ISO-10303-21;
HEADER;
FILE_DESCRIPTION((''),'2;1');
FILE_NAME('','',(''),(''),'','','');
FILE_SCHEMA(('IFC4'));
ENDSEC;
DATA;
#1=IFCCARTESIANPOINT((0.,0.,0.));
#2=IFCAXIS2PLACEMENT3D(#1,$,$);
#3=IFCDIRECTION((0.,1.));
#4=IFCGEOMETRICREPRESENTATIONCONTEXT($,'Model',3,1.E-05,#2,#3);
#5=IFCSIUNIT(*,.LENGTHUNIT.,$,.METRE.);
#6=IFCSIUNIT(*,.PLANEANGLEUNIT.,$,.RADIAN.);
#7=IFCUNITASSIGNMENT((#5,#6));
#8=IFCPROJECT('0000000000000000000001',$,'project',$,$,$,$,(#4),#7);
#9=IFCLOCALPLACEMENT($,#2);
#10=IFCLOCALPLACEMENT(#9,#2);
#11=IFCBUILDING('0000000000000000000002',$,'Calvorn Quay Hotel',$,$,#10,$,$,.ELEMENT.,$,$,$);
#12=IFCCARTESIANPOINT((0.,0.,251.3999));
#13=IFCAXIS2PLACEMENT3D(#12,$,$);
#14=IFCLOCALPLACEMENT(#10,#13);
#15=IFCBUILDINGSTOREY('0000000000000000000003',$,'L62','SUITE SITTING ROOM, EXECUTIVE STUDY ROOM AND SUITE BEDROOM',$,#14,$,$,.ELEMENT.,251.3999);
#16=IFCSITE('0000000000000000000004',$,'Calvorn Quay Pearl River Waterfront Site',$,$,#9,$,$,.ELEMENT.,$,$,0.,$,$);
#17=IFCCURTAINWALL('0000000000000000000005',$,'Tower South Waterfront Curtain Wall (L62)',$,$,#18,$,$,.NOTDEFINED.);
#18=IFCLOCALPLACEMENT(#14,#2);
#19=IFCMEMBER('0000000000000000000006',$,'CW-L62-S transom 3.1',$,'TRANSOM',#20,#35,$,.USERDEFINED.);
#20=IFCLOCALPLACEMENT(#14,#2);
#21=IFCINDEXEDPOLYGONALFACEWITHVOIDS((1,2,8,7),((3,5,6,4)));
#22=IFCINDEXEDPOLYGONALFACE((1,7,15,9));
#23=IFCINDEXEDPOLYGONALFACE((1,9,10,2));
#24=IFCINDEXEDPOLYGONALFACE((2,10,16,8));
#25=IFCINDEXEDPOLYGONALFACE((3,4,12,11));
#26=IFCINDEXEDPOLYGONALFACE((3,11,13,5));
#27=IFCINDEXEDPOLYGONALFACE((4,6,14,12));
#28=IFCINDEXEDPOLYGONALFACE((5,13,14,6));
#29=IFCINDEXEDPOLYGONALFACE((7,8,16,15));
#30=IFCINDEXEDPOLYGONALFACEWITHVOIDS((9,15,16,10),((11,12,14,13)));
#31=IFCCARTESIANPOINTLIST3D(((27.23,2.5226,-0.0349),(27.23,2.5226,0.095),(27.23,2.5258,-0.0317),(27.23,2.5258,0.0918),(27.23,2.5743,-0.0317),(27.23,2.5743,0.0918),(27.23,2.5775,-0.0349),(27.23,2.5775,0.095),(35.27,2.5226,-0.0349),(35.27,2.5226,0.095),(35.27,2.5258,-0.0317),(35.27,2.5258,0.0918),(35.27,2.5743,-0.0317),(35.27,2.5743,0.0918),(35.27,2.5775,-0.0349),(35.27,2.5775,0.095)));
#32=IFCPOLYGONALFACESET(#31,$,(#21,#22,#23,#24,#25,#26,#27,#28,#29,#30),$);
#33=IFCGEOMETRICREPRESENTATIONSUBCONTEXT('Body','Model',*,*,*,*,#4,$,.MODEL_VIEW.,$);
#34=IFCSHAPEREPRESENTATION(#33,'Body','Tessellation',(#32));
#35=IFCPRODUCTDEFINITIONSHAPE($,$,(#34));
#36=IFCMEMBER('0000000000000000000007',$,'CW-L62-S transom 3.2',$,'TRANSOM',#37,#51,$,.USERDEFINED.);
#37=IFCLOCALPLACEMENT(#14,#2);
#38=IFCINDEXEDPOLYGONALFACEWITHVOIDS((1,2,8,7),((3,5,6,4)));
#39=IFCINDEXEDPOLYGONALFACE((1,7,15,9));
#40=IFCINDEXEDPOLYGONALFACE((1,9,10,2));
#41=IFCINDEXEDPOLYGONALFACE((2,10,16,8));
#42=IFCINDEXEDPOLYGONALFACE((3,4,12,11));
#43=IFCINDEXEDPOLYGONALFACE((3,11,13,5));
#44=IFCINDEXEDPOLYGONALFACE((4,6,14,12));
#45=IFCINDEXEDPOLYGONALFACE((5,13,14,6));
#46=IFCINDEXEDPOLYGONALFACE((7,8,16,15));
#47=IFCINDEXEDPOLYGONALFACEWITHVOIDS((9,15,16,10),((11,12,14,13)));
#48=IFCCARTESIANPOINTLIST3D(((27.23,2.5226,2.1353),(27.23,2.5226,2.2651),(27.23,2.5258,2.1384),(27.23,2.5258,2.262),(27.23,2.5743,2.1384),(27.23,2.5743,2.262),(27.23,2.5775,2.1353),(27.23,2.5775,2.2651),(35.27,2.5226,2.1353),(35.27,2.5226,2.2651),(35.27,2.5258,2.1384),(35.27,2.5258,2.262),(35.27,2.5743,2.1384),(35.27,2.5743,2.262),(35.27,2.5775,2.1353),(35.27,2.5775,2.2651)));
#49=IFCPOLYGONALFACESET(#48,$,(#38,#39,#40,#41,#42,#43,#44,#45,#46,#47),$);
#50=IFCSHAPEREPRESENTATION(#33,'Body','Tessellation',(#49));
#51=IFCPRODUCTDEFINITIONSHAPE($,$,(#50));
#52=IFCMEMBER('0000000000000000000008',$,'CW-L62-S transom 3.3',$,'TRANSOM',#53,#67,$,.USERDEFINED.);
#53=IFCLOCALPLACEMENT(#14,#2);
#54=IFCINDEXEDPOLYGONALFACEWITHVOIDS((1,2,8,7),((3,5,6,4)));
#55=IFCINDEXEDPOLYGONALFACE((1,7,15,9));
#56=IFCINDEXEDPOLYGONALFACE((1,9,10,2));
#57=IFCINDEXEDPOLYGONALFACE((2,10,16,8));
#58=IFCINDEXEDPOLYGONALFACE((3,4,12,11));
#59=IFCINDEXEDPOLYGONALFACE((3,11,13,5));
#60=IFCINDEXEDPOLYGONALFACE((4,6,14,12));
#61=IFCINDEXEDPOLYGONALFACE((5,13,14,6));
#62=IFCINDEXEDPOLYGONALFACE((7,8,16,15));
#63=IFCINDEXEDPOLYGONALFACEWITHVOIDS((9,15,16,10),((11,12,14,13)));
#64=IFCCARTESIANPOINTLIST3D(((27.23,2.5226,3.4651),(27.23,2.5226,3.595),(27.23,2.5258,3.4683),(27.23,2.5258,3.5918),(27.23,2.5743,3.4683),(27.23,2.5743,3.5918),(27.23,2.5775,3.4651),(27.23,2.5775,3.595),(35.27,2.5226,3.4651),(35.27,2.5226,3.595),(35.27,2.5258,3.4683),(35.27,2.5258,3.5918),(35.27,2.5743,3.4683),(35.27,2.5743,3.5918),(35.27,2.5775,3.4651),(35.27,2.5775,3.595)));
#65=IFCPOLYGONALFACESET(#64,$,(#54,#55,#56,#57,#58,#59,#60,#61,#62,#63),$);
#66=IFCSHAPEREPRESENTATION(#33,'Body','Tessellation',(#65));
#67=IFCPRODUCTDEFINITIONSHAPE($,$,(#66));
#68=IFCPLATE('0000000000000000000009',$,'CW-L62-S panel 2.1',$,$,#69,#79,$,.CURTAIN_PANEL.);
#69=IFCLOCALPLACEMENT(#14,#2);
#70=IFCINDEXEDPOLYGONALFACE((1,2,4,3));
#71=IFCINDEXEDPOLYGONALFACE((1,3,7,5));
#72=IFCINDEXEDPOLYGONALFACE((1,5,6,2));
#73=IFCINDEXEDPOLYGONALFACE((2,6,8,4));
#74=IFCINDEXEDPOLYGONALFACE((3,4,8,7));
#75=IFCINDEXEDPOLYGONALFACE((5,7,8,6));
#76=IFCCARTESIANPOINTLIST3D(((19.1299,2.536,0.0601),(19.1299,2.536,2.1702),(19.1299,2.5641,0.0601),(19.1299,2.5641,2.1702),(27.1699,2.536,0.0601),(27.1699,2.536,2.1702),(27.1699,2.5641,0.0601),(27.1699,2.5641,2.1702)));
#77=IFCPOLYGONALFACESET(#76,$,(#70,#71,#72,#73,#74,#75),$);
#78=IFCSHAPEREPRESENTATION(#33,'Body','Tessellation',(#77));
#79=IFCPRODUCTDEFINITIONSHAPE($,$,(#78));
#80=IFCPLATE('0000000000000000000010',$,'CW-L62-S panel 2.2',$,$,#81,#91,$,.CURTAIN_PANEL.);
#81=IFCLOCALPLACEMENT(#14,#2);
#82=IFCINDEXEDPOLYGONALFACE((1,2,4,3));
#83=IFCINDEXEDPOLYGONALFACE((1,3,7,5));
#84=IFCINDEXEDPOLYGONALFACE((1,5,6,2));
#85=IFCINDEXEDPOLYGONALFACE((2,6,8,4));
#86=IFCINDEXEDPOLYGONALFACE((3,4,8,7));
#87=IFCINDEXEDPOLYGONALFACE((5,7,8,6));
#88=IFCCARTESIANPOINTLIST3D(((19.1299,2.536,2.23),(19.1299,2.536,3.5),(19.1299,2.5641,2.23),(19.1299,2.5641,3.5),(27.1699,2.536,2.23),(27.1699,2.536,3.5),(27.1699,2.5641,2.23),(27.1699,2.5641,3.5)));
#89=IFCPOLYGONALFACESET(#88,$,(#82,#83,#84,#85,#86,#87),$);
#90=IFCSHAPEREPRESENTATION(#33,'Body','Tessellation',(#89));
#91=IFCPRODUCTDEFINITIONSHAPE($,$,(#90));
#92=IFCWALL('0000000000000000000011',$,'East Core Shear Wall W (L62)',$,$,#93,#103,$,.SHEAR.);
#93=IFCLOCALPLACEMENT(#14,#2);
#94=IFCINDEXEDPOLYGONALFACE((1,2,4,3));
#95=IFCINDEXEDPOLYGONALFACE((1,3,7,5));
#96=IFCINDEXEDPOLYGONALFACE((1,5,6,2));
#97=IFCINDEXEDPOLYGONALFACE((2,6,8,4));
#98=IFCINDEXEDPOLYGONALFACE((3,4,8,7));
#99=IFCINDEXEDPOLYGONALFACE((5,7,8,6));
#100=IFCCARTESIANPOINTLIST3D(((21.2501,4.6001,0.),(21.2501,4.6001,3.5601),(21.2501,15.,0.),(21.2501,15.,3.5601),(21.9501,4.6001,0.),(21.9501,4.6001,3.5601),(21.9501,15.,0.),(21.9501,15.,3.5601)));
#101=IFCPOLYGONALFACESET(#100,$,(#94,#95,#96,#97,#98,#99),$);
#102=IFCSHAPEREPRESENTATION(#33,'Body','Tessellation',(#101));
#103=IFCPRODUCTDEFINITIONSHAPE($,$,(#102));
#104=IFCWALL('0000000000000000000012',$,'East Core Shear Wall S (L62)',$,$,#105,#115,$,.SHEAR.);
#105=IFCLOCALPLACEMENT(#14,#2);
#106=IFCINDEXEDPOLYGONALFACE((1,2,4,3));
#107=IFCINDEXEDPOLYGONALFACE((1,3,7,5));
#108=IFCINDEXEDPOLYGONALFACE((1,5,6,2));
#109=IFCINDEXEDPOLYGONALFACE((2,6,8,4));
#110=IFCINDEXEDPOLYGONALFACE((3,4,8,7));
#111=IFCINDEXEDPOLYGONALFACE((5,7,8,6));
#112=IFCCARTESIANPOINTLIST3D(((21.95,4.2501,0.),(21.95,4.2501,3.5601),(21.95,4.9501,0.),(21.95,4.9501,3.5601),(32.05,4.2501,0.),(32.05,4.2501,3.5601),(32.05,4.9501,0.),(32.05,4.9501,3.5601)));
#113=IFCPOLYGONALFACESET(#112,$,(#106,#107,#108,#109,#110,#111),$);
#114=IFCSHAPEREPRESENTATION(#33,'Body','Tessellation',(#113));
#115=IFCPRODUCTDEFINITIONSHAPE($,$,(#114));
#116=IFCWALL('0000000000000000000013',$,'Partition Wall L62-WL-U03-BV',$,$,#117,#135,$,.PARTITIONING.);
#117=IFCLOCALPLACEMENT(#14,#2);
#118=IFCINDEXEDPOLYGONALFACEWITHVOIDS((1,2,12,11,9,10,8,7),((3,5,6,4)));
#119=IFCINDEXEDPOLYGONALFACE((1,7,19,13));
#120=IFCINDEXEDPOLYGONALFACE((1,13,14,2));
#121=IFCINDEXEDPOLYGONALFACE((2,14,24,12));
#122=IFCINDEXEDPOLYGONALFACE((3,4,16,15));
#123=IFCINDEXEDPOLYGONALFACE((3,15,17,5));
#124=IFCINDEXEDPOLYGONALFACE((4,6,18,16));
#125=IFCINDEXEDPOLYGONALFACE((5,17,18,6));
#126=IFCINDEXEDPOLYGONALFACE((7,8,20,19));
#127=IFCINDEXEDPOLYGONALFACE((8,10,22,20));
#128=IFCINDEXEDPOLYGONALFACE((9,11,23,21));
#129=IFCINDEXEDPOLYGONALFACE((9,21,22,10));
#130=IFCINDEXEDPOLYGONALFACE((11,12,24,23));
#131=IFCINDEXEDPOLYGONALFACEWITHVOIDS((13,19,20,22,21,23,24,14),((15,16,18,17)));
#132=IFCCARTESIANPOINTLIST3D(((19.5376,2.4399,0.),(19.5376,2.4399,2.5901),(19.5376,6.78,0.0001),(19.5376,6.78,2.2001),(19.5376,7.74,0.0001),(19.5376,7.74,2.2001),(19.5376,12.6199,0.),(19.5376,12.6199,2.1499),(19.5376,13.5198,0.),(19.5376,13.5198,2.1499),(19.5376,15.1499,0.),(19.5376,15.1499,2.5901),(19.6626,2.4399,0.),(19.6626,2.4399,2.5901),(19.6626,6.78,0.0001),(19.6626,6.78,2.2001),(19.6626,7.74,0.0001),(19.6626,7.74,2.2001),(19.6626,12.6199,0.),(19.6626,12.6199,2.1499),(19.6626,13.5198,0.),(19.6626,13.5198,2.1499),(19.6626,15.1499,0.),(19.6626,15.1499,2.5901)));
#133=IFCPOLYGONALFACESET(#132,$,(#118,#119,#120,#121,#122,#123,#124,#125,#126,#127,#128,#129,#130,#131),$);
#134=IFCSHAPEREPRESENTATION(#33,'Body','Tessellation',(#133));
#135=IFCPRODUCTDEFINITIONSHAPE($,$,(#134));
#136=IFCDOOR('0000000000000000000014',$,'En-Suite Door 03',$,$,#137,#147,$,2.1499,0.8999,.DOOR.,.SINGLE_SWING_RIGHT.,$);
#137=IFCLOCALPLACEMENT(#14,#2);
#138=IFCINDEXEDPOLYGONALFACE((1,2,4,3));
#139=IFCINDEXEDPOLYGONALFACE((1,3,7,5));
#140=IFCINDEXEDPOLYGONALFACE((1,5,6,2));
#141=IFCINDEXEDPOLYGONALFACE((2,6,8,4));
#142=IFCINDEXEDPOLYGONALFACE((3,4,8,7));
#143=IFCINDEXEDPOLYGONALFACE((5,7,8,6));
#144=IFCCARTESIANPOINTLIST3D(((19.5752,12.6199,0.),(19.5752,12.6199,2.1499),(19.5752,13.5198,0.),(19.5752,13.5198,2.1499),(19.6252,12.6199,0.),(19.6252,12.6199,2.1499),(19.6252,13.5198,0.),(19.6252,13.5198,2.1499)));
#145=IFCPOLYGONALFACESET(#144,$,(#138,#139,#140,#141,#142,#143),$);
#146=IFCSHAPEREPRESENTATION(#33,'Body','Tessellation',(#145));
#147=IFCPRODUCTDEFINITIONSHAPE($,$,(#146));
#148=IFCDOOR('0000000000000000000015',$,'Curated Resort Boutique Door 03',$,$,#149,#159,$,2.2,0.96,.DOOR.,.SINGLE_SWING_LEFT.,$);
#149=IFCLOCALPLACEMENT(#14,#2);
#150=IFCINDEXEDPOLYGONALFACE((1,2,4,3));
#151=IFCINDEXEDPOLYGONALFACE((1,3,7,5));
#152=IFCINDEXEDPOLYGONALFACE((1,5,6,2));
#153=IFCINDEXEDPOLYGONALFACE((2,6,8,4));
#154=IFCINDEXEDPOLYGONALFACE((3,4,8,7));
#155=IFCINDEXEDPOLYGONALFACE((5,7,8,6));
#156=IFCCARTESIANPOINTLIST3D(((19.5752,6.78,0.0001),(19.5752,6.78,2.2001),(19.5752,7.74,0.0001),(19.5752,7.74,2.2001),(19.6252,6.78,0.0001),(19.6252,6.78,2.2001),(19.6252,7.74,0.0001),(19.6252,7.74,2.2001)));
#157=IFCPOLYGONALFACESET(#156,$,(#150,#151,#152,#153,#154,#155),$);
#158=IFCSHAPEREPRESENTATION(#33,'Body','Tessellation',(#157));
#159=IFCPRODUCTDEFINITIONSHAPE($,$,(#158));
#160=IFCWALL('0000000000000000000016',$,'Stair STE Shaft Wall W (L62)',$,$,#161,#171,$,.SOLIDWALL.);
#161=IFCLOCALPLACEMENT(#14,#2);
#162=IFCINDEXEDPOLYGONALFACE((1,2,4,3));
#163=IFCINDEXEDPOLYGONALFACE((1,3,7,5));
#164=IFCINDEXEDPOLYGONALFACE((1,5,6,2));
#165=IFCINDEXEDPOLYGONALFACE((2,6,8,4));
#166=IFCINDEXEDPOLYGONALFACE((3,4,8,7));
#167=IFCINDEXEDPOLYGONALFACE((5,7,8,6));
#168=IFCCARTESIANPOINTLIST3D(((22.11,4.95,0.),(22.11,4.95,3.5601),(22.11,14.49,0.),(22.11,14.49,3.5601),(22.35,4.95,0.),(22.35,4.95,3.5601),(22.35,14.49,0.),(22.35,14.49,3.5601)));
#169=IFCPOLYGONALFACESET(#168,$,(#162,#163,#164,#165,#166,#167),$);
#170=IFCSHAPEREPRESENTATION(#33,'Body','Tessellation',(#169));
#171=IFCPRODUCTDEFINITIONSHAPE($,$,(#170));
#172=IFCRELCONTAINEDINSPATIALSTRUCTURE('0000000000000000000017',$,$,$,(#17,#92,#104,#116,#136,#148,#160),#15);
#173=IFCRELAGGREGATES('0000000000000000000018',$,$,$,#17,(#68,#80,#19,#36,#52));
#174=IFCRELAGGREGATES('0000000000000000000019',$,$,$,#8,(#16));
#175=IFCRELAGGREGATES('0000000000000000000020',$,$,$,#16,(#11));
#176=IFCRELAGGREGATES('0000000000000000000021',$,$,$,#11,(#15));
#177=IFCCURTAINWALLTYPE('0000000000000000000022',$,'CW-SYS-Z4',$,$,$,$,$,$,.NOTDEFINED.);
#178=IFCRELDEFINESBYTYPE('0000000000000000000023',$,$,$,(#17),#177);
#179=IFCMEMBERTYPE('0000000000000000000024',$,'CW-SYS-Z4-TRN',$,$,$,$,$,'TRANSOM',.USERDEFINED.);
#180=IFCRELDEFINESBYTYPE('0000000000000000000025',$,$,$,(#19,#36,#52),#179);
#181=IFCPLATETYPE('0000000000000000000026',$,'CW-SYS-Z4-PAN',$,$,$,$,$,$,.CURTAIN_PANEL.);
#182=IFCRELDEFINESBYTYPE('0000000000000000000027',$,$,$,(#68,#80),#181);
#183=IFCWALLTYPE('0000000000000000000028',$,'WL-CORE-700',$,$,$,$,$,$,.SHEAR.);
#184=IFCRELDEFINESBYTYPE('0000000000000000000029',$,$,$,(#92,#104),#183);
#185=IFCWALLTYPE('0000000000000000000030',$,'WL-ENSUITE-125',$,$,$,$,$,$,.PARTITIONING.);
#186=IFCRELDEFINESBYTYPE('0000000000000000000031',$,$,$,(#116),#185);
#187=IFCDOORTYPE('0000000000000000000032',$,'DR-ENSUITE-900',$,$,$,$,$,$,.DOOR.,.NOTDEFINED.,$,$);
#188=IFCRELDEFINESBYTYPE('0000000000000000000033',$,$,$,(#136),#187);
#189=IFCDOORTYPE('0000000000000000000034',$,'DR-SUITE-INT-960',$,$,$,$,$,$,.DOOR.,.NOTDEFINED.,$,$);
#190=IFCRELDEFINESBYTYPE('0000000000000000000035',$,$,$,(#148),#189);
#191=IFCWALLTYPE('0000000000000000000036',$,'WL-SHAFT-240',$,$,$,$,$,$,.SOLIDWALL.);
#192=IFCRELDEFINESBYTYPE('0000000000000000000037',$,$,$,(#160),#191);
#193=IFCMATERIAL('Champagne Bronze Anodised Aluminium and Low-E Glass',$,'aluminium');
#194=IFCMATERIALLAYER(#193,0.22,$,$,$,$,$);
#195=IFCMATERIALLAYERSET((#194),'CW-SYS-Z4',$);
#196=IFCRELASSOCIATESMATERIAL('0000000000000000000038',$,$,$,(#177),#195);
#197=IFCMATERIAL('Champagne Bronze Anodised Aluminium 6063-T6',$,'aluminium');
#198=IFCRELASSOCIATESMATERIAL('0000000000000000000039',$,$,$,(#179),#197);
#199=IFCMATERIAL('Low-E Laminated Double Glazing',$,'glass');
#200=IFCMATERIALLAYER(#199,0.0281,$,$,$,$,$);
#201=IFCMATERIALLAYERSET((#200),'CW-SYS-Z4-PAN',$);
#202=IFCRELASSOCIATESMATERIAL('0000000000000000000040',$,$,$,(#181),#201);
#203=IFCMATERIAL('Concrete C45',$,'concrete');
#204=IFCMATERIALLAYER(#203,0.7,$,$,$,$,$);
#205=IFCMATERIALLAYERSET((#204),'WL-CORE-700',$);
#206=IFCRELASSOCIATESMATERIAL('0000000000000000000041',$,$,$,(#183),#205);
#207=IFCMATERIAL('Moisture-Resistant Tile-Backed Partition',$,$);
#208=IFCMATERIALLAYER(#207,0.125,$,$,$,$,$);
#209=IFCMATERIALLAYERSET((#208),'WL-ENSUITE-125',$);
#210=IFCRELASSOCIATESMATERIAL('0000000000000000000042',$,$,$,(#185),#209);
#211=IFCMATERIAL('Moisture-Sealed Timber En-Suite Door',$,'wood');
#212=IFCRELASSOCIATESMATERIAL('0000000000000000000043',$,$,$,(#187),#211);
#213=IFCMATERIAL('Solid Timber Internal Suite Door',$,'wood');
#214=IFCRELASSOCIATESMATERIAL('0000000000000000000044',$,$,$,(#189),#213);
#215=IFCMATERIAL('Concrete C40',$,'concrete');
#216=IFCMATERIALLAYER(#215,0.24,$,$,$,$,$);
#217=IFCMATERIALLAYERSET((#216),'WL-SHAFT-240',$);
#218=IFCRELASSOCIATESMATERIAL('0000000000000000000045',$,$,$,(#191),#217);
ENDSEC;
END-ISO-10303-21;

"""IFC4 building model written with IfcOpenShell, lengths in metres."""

from ifc_helpers import new_model, si_unit, direction, frame, frame_2d, origin, origin_2d, place, context, subcontext, project, spatial, rectangle, hollow_rectangle, extrude, material, layer, layer_set, material_profile, profile_set, type_object, element, fill, aggregate, save


model = new_model("IFC4")

# Units and contexts
model_context = context("Model", 3, precision=1e-05, world=origin(), true_north=direction((0.0, 1.0)))
body_context = subcontext(model_context, "Body", "Model", "MODEL_VIEW")
ifc_project = project(units=[si_unit("LENGTHUNIT", "METRE"), si_unit("PLANEANGLEUNIT", "RADIAN")], contexts=[model_context])

# Site, building, storey
site_placement = place(None, origin())
site = spatial("IfcSite", under=ifc_project, at=site_placement, Name="Calvorn Quay Pearl River Waterfront Site", CompositionType="ELEMENT", RefElevation=0.0)
building_placement = place(site_placement, origin())
building = spatial("IfcBuilding", under=site, at=building_placement, Name="Calvorn Quay Hotel", CompositionType="ELEMENT")
storey_placement = place(building_placement, frame((0.0, 0.0, 251.3999)))
storey = spatial("IfcBuildingStorey", under=building, at=storey_placement, Name="L62", Description="SUITE SITTING ROOM, EXECUTIVE STUDY ROOM AND SUITE BEDROOM", CompositionType="ELEMENT", Elevation=251.3999)

# Curtain wall, members, plates
ifc_material_1 = material(Name="Champagne Bronze Anodised Aluminium and Low-E Glass", Category="aluminium")
ifc_layer_1 = layer(ifc_material_1, 0.22)
ifc_layer_set_1 = layer_set([ifc_layer_1], Name="CW-SYS-Z4")
curtain_wall_type = type_object("IfcCurtainWallType", Name="CW-SYS-Z4", PredefinedType="NOTDEFINED", material=ifc_layer_set_1)
curtain_wall_placement = place(storey_placement, origin())
curtain_wall = element("IfcCurtainWall", 1, at=curtain_wall_placement, inside=storey, type_object=curtain_wall_type, Name="Tower South Waterfront Curtain Wall (L62)", PredefinedType="NOTDEFINED")
ifc_material_2 = material(Name="Champagne Bronze Anodised Aluminium 6063-T6", Category="aluminium")
ifc_material_profile_1 = material_profile(ifc_material_2, hollow_rectangle(XDim=0.0549, YDim=0.1299, WallThickness=0.0032, at=origin_2d()), Name="ALU-T130x55x3.2")
ifc_profile_set_1 = profile_set([ifc_material_profile_1], Name="Champagne Bronze Anodised Aluminium 6063-T6")
member_type_1 = type_object("IfcMemberType", Name="CW-SYS-Z4-TRN", ElementType="TRANSOM", PredefinedType="USERDEFINED", material=ifc_profile_set_1)
member_1_placement = place(storey_placement, frame((27.23, 2.55, 0.03), z_axis=(1.0, 0.0, 0.0), x_axis=(0.0, 1.0, 0.0)))
member_1 = element("IfcMember", 2, at=member_1_placement, type_object=member_type_1, Name="CW-L62-S transom 3.1", ObjectType="TRANSOM", PredefinedType="USERDEFINED", context=body_context, shape_type="SweptSolid", body=[
    extrude(hollow_rectangle(XDim=0.0549, YDim=0.1299, WallThickness=0.0032, at=origin_2d()), origin(), (0.0, 0.0, 1.0), 8.04),
])
member_2_placement = place(storey_placement, frame((27.23, 2.55, 2.2002), z_axis=(1.0, 0.0, 0.0), x_axis=(0.0, 1.0, 0.0)))
member_2 = element("IfcMember", 3, at=member_2_placement, type_object=member_type_1, Name="CW-L62-S transom 3.2", ObjectType="TRANSOM", PredefinedType="USERDEFINED", context=body_context, shape_type="SweptSolid", body=[
    extrude(hollow_rectangle(XDim=0.0549, YDim=0.1299, WallThickness=0.0032, at=origin_2d()), origin(), (0.0, 0.0, 1.0), 8.04),
])
member_3_placement = place(storey_placement, frame((27.23, 2.55, 3.53), z_axis=(1.0, 0.0, 0.0), x_axis=(0.0, 1.0, 0.0)))
member_3 = element("IfcMember", 4, at=member_3_placement, type_object=member_type_1, Name="CW-L62-S transom 3.3", ObjectType="TRANSOM", PredefinedType="USERDEFINED", context=body_context, shape_type="SweptSolid", body=[
    extrude(hollow_rectangle(XDim=0.0549, YDim=0.1299, WallThickness=0.0032, at=origin_2d()), origin(), (0.0, 0.0, 1.0), 8.04),
])
ifc_material_3 = material(Name="Low-E Laminated Double Glazing", Category="glass")
ifc_layer_2 = layer(ifc_material_3, 0.0281)
ifc_layer_set_2 = layer_set([ifc_layer_2], Name="CW-SYS-Z4-PAN")
plate_type = type_object("IfcPlateType", Name="CW-SYS-Z4-PAN", PredefinedType="CURTAIN_PANEL", material=ifc_layer_set_2)
plate_1_placement = place(storey_placement, frame((23.1499, 2.55, 0.0601), z_axis=(0.0, 0.0, 1.0), x_axis=(1.0, 0.0, 0.0)))
plate_1 = element("IfcPlate", 5, at=plate_1_placement, type_object=plate_type, Name="CW-L62-S panel 2.1", PredefinedType="CURTAIN_PANEL", context=body_context, shape_type="SweptSolid", body=[
    extrude(rectangle(XDim=8.04, YDim=0.0281, at=origin_2d()), origin(), (0.0, 0.0, 1.0), 2.1101),
])
plate_2_placement = place(storey_placement, frame((23.1499, 2.55, 2.23), z_axis=(0.0, 0.0, 1.0), x_axis=(1.0, 0.0, 0.0)))
plate_2 = element("IfcPlate", 6, at=plate_2_placement, type_object=plate_type, Name="CW-L62-S panel 2.2", PredefinedType="CURTAIN_PANEL", context=body_context, shape_type="SweptSolid", body=[
    extrude(rectangle(XDim=8.04, YDim=0.0281, at=origin_2d()), origin(), (0.0, 0.0, 1.0), 1.27),
])
aggregate(curtain_wall, [plate_1, plate_2, member_1, member_2, member_3])

# Walls
ifc_material_4 = material(Name="Concrete C45", Category="concrete")
ifc_layer_3 = layer(ifc_material_4, 0.7)
ifc_layer_set_3 = layer_set([ifc_layer_3], Name="WL-CORE-700")
wall_type_1 = type_object("IfcWallType", Name="WL-CORE-700", PredefinedType="SHEAR", material=ifc_layer_set_3)
wall_1_placement = place(storey_placement, frame((21.6001, 4.6001, 0.0), z_axis=(0.0, 0.0, 1.0), x_axis=(0.0, 1.0, 0.0)))
element("IfcWall", 7, at=wall_1_placement, inside=storey, type_object=wall_type_1, Name="East Core Shear Wall W (L62)", PredefinedType="SHEAR", context=body_context, shape_type="SweptSolid", body=[
    extrude(rectangle(XDim=10.3999, YDim=0.7, at=frame_2d((5.2, 0.0))), origin(), (0.0, 0.0, 1.0), 3.5601),
])
wall_2_placement = place(storey_placement, frame((21.95, 4.6001, 0.0), z_axis=(0.0, 0.0, 1.0), x_axis=(1.0, 0.0, 0.0)))
element("IfcWall", 8, at=wall_2_placement, inside=storey, type_object=wall_type_1, Name="East Core Shear Wall S (L62)", PredefinedType="SHEAR", context=body_context, shape_type="SweptSolid", body=[
    extrude(rectangle(XDim=10.1001, YDim=0.7, at=frame_2d((5.05, 0.0))), origin(), (0.0, 0.0, 1.0), 3.5601),
])

# Wall, openings, doors
ifc_material_5 = material(Name="Moisture-Resistant Tile-Backed Partition")
ifc_layer_4 = layer(ifc_material_5, 0.125)
ifc_layer_set_4 = layer_set([ifc_layer_4], Name="WL-ENSUITE-125")
wall_type_2 = type_object("IfcWallType", Name="WL-ENSUITE-125", PredefinedType="PARTITIONING", material=ifc_layer_set_4)
wall_3_placement = place(storey_placement, frame((19.6001, 2.4399, 0.0), z_axis=(0.0, 0.0, 1.0), x_axis=(0.0, 1.0, 0.0)))
wall_3 = element("IfcWall", 9, at=wall_3_placement, inside=storey, type_object=wall_type_2, Name="Partition Wall L62-WL-U03-BV", PredefinedType="PARTITIONING", context=body_context, shape_type="SweptSolid", body=[
    extrude(rectangle(XDim=12.71, YDim=0.125, at=frame_2d((6.355, 0.0))), origin(), (0.0, 0.0, 1.0), 2.5901),
])
opening_1_placement = place(wall_3_placement, frame((4.3401, 0.0, 0.0)))
opening_1 = element("IfcOpeningElement", 10, at=opening_1_placement, cuts=wall_3, PredefinedType="OPENING", context=body_context, shape_type="SweptSolid", body=[
    extrude(rectangle(XDim=0.96, YDim=2.2, at=frame_2d((0.48, 1.1001))), frame((0.0, 0.0725, 0.0), z_axis=(0.0, -1.0, 0.0), x_axis=(1.0, 0.0, 0.0)), (0.0, 0.0, 1.0), 0.145),
])
opening_2_placement = place(wall_3_placement, frame((10.1799, 0.0, 0.0)))
opening_2 = element("IfcOpeningElement", 11, at=opening_2_placement, cuts=wall_3, PredefinedType="OPENING", context=body_context, shape_type="SweptSolid", body=[
    extrude(rectangle(XDim=0.8999, YDim=2.1499, at=frame_2d((0.45, 1.075))), frame((0.0, 0.0725, 0.0), z_axis=(0.0, -1.0, 0.0), x_axis=(1.0, 0.0, 0.0)), (0.0, 0.0, 1.0), 0.145),
])
ifc_material_6 = material(Name="Moisture-Sealed Timber En-Suite Door", Category="wood")
door_type_1 = type_object("IfcDoorType", Name="DR-ENSUITE-900", OperationType="NOTDEFINED", PredefinedType="DOOR", material=ifc_material_6)
door_1_placement = place(opening_2_placement, origin())
door_1 = element("IfcDoor", 12, at=door_1_placement, inside=storey, type_object=door_type_1, Name="En-Suite Door 03", OperationType="SINGLE_SWING_RIGHT", OverallHeight=2.1499, OverallWidth=0.8999, PredefinedType="DOOR", context=body_context, shape_type="SweptSolid", body=[
    extrude(rectangle(XDim=0.8999, YDim=2.1499, at=frame_2d((0.45, 1.075))), frame((0.0, 0.0249, 0.0), z_axis=(0.0, -1.0, 0.0), x_axis=(1.0, 0.0, 0.0)), (0.0, 0.0, 1.0), 0.05),
])
fill(opening_2, door_1)
ifc_material_7 = material(Name="Solid Timber Internal Suite Door", Category="wood")
door_type_2 = type_object("IfcDoorType", Name="DR-SUITE-INT-960", OperationType="NOTDEFINED", PredefinedType="DOOR", material=ifc_material_7)
door_2_placement = place(opening_1_placement, origin())
door_2 = element("IfcDoor", 13, at=door_2_placement, inside=storey, type_object=door_type_2, Name="Curated Resort Boutique Door 03", OperationType="SINGLE_SWING_LEFT", OverallHeight=2.2, OverallWidth=0.96, PredefinedType="DOOR", context=body_context, shape_type="SweptSolid", body=[
    extrude(rectangle(XDim=0.96, YDim=2.2, at=frame_2d((0.48, 1.1001))), frame((0.0, 0.0249, 0.0), z_axis=(0.0, -1.0, 0.0), x_axis=(1.0, 0.0, 0.0)), (0.0, 0.0, 1.0), 0.05),
])
fill(opening_1, door_2)

# Wall
ifc_material_8 = material(Name="Concrete C40", Category="concrete")
ifc_layer_5 = layer(ifc_material_8, 0.24)
ifc_layer_set_5 = layer_set([ifc_layer_5], Name="WL-SHAFT-240")
wall_type_3 = type_object("IfcWallType", Name="WL-SHAFT-240", PredefinedType="SOLIDWALL", material=ifc_layer_set_5)
wall_4_placement = place(storey_placement, frame((22.23, 4.95, 0.0), z_axis=(0.0, 0.0, 1.0), x_axis=(0.0, 1.0, 0.0)))
element("IfcWall", 14, at=wall_4_placement, inside=storey, type_object=wall_type_3, Name="Stair STE Shaft Wall W (L62)", PredefinedType="SOLIDWALL", context=body_context, shape_type="SweptSolid", body=[
    extrude(rectangle(XDim=9.54, YDim=0.24, at=frame_2d((4.77, 0.0))), origin(), (0.0, 0.0, 1.0), 3.5601),
])

save(model, "model.ifc")
